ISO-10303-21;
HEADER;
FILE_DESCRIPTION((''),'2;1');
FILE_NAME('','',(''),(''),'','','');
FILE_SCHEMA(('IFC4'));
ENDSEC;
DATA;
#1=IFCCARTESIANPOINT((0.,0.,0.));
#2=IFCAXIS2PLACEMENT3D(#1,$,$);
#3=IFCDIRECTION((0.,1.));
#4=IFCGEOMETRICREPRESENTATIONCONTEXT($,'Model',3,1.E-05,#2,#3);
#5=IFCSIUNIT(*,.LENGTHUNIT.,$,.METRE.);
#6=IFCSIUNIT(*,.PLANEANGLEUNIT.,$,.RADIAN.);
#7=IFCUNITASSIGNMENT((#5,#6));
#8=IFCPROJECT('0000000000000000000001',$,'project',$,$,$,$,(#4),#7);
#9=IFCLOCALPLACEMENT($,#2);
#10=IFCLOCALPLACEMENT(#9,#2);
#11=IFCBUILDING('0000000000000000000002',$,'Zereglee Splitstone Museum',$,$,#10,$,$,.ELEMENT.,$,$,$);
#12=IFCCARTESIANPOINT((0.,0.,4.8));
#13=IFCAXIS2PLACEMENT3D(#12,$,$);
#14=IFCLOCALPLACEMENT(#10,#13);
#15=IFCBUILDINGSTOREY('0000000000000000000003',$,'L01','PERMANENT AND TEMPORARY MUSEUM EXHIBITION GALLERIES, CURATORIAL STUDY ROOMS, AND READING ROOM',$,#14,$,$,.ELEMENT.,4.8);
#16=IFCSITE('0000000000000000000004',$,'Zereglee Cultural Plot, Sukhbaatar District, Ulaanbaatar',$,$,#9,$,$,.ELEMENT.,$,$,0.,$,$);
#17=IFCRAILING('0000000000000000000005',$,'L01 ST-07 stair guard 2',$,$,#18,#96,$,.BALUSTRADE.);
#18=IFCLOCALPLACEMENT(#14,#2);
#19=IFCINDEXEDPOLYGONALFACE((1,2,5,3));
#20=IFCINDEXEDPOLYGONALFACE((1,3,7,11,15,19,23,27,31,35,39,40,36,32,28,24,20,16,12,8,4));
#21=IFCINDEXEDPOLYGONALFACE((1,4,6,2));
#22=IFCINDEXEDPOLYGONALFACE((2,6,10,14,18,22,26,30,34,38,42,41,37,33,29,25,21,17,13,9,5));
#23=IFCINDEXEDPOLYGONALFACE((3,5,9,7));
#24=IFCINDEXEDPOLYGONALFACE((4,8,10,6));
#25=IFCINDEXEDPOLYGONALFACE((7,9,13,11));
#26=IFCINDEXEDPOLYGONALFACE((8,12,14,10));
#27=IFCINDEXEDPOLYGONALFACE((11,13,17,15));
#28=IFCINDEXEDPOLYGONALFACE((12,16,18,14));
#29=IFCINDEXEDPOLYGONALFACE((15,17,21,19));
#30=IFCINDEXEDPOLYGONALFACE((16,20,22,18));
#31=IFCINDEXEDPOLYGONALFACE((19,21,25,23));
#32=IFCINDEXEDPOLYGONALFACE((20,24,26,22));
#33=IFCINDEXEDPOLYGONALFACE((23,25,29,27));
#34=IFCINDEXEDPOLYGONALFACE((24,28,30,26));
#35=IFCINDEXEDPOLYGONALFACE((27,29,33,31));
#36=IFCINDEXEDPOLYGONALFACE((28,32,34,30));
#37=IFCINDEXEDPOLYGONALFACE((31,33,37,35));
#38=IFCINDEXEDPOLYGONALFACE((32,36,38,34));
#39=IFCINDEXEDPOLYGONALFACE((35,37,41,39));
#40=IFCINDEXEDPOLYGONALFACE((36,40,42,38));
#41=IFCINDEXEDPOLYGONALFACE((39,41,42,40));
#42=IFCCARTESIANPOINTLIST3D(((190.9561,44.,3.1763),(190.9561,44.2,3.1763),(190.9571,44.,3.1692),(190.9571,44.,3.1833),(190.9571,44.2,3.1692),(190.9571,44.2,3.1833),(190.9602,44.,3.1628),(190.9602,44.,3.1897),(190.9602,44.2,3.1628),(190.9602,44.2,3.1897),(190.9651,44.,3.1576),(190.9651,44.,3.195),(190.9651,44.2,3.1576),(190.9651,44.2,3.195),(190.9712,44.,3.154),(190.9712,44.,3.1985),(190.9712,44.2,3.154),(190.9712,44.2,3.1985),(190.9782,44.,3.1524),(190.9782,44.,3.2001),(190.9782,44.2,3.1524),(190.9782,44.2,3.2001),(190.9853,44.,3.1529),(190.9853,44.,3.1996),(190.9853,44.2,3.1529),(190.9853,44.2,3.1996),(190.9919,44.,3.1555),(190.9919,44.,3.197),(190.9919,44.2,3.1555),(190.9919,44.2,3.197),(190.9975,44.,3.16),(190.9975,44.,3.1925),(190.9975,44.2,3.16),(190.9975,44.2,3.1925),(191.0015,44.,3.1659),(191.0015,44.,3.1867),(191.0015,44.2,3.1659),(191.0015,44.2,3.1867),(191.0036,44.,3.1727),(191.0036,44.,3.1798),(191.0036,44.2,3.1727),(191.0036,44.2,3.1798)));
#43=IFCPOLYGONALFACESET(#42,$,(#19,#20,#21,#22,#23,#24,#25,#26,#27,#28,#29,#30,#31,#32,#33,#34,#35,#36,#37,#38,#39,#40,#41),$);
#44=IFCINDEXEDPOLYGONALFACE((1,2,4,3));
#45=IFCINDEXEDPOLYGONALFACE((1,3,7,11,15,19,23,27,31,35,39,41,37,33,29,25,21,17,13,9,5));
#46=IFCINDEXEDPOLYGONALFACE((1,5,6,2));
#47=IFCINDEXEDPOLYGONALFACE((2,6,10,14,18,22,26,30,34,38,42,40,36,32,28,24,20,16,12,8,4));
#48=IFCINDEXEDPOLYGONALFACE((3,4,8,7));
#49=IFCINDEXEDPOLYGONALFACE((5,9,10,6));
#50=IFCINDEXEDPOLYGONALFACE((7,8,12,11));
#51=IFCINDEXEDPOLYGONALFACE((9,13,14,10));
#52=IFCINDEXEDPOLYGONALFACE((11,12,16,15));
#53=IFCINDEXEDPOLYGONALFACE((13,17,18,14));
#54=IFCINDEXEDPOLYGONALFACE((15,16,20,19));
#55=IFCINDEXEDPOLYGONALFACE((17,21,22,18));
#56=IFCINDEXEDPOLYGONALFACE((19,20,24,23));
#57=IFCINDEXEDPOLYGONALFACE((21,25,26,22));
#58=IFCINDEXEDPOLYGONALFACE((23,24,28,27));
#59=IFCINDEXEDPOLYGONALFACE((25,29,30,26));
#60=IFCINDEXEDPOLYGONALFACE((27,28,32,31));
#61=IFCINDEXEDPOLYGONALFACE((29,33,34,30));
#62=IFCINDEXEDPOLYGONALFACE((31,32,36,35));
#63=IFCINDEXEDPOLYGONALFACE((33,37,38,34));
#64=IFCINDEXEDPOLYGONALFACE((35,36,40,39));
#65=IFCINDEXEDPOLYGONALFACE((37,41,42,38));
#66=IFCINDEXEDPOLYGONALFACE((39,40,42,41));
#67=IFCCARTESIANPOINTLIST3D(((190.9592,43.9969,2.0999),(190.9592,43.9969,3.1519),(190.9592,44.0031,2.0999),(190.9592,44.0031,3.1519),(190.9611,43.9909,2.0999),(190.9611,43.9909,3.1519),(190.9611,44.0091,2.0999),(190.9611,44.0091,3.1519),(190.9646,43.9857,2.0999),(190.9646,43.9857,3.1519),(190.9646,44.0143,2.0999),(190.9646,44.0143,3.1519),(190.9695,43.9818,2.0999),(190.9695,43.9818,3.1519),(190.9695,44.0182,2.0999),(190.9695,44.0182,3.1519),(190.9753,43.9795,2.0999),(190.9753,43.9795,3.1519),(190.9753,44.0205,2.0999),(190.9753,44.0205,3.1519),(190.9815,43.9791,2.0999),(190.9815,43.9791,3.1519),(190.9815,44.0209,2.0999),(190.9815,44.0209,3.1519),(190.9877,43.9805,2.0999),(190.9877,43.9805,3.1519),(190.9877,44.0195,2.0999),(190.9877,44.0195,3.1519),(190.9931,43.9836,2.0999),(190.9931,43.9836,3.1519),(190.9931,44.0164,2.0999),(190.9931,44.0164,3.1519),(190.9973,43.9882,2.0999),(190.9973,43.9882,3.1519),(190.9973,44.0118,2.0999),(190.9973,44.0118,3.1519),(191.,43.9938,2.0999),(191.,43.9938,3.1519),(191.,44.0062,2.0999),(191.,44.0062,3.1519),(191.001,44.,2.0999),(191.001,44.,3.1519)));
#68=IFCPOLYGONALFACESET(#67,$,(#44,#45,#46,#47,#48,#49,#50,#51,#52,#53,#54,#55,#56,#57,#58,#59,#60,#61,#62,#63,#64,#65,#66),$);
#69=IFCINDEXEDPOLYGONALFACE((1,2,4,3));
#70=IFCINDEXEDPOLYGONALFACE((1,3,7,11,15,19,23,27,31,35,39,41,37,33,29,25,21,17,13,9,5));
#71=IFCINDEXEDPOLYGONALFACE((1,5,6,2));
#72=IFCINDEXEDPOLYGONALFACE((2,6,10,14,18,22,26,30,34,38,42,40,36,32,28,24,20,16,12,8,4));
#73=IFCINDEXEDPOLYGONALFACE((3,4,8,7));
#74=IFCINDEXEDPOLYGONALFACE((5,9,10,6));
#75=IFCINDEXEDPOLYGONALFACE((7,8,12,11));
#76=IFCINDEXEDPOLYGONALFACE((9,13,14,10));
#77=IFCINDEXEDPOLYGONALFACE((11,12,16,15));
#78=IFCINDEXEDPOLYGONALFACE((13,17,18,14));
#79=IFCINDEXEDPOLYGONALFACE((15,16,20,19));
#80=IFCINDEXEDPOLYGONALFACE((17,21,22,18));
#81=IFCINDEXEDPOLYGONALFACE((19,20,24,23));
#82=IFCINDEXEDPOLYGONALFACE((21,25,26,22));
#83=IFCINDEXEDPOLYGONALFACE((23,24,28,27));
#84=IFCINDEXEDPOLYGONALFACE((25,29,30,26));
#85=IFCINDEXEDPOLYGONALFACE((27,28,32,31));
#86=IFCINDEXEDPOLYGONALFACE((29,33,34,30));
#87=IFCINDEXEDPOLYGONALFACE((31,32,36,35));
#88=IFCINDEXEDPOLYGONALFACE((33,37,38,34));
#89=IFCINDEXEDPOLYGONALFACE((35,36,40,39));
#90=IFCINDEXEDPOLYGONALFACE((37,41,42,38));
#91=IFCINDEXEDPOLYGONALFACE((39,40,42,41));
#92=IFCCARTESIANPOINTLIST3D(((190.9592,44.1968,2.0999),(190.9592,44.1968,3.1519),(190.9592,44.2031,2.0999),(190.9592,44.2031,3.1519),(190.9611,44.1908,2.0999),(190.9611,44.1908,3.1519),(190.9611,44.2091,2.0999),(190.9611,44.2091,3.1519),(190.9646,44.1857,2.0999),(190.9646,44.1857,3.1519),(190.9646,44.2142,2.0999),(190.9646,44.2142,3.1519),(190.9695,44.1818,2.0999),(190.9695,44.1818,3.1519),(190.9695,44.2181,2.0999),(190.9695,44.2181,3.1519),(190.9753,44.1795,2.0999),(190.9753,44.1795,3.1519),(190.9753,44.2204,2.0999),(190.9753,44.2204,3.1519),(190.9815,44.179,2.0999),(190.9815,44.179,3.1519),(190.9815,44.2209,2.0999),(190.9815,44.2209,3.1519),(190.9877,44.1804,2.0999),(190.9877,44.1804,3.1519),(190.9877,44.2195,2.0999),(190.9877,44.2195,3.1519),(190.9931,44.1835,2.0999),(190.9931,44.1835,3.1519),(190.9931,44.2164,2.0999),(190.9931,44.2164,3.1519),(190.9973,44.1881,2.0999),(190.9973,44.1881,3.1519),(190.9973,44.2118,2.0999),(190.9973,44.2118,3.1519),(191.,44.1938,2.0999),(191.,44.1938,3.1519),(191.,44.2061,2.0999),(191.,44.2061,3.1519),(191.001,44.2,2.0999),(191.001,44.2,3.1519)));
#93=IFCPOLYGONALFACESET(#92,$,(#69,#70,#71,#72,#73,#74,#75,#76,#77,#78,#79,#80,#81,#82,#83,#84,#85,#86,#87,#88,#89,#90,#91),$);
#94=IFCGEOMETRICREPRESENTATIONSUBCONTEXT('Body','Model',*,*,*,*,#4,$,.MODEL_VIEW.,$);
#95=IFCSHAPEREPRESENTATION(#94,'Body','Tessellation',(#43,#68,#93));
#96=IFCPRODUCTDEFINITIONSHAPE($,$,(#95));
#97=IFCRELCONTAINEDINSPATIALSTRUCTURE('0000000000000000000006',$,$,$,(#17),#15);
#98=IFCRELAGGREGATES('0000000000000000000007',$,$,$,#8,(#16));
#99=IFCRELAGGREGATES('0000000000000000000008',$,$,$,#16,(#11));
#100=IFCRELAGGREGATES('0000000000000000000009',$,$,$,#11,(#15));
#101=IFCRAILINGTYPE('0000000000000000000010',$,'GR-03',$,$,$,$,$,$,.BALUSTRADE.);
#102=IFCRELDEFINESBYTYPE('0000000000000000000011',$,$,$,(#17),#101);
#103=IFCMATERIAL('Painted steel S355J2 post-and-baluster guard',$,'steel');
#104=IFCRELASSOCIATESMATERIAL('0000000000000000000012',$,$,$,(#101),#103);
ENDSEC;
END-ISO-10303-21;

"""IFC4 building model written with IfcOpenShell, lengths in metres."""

from ifc_helpers import new_model, si_unit, direction, frame, origin, origin_2d, place, context, subcontext, project, spatial, circle, extrude, material, type_object, element, save


model = new_model("IFC4")

# Units and contexts
model_context = context("Model", 3, precision=1e-05, world=origin(), true_north=direction((0.0, 1.0)))
body_context = subcontext(model_context, "Body", "Model", "MODEL_VIEW")
ifc_project = project(units=[si_unit("LENGTHUNIT", "METRE"), si_unit("PLANEANGLEUNIT", "RADIAN")], contexts=[model_context])

# Site, building, storey
site_placement = place(None, origin())
site = spatial("IfcSite", under=ifc_project, at=site_placement, Name="Zereglee Cultural Plot, Sukhbaatar District, Ulaanbaatar", CompositionType="ELEMENT", RefElevation=0.0)
building_placement = place(site_placement, origin())
building = spatial("IfcBuilding", under=site, at=building_placement, Name="Zereglee Splitstone Museum", CompositionType="ELEMENT")
storey_placement = place(building_placement, frame((0.0, 0.0, 4.8)))
storey = spatial("IfcBuildingStorey", under=building, at=storey_placement, Name="L01", Description="PERMANENT AND TEMPORARY MUSEUM EXHIBITION GALLERIES, CURATORIAL STUDY ROOMS, AND READING ROOM", CompositionType="ELEMENT", Elevation=4.8)

# Railing
ifc_material_1 = material(Name="Painted steel S355J2 post-and-baluster guard", Category="steel")
railing_type_1 = type_object("IfcRailingType", Name="GR-03", PredefinedType="BALUSTRADE", material=ifc_material_1)
railing_1_placement = place(storey_placement, frame((190.98, 44.0, 2.0999)))
element("IfcRailing", 1, at=railing_1_placement, inside=storey, type_object=railing_type_1, Name="L01 ST-07 stair guard 2", PredefinedType="BALUSTRADE", context=body_context, shape_type="SweptSolid", body=[
    extrude(circle(Radius=0.0239, at=origin_2d()), frame((0.0, 0.0, 1.0764), z_axis=(0.0, 1.0, 0.0), x_axis=(-1.0, 0.0, 0.0)), (0.0, 0.0, 1.0), 0.2),
    extrude(circle(Radius=0.021, at=origin_2d()), origin(), (0.0, 0.0, 1.0), 1.052),
    extrude(circle(Radius=0.021, at=origin_2d()), frame((0.0, 0.2, 0.0)), (0.0, 0.0, 1.0), 1.052),
])

save(model, "model.ifc")
